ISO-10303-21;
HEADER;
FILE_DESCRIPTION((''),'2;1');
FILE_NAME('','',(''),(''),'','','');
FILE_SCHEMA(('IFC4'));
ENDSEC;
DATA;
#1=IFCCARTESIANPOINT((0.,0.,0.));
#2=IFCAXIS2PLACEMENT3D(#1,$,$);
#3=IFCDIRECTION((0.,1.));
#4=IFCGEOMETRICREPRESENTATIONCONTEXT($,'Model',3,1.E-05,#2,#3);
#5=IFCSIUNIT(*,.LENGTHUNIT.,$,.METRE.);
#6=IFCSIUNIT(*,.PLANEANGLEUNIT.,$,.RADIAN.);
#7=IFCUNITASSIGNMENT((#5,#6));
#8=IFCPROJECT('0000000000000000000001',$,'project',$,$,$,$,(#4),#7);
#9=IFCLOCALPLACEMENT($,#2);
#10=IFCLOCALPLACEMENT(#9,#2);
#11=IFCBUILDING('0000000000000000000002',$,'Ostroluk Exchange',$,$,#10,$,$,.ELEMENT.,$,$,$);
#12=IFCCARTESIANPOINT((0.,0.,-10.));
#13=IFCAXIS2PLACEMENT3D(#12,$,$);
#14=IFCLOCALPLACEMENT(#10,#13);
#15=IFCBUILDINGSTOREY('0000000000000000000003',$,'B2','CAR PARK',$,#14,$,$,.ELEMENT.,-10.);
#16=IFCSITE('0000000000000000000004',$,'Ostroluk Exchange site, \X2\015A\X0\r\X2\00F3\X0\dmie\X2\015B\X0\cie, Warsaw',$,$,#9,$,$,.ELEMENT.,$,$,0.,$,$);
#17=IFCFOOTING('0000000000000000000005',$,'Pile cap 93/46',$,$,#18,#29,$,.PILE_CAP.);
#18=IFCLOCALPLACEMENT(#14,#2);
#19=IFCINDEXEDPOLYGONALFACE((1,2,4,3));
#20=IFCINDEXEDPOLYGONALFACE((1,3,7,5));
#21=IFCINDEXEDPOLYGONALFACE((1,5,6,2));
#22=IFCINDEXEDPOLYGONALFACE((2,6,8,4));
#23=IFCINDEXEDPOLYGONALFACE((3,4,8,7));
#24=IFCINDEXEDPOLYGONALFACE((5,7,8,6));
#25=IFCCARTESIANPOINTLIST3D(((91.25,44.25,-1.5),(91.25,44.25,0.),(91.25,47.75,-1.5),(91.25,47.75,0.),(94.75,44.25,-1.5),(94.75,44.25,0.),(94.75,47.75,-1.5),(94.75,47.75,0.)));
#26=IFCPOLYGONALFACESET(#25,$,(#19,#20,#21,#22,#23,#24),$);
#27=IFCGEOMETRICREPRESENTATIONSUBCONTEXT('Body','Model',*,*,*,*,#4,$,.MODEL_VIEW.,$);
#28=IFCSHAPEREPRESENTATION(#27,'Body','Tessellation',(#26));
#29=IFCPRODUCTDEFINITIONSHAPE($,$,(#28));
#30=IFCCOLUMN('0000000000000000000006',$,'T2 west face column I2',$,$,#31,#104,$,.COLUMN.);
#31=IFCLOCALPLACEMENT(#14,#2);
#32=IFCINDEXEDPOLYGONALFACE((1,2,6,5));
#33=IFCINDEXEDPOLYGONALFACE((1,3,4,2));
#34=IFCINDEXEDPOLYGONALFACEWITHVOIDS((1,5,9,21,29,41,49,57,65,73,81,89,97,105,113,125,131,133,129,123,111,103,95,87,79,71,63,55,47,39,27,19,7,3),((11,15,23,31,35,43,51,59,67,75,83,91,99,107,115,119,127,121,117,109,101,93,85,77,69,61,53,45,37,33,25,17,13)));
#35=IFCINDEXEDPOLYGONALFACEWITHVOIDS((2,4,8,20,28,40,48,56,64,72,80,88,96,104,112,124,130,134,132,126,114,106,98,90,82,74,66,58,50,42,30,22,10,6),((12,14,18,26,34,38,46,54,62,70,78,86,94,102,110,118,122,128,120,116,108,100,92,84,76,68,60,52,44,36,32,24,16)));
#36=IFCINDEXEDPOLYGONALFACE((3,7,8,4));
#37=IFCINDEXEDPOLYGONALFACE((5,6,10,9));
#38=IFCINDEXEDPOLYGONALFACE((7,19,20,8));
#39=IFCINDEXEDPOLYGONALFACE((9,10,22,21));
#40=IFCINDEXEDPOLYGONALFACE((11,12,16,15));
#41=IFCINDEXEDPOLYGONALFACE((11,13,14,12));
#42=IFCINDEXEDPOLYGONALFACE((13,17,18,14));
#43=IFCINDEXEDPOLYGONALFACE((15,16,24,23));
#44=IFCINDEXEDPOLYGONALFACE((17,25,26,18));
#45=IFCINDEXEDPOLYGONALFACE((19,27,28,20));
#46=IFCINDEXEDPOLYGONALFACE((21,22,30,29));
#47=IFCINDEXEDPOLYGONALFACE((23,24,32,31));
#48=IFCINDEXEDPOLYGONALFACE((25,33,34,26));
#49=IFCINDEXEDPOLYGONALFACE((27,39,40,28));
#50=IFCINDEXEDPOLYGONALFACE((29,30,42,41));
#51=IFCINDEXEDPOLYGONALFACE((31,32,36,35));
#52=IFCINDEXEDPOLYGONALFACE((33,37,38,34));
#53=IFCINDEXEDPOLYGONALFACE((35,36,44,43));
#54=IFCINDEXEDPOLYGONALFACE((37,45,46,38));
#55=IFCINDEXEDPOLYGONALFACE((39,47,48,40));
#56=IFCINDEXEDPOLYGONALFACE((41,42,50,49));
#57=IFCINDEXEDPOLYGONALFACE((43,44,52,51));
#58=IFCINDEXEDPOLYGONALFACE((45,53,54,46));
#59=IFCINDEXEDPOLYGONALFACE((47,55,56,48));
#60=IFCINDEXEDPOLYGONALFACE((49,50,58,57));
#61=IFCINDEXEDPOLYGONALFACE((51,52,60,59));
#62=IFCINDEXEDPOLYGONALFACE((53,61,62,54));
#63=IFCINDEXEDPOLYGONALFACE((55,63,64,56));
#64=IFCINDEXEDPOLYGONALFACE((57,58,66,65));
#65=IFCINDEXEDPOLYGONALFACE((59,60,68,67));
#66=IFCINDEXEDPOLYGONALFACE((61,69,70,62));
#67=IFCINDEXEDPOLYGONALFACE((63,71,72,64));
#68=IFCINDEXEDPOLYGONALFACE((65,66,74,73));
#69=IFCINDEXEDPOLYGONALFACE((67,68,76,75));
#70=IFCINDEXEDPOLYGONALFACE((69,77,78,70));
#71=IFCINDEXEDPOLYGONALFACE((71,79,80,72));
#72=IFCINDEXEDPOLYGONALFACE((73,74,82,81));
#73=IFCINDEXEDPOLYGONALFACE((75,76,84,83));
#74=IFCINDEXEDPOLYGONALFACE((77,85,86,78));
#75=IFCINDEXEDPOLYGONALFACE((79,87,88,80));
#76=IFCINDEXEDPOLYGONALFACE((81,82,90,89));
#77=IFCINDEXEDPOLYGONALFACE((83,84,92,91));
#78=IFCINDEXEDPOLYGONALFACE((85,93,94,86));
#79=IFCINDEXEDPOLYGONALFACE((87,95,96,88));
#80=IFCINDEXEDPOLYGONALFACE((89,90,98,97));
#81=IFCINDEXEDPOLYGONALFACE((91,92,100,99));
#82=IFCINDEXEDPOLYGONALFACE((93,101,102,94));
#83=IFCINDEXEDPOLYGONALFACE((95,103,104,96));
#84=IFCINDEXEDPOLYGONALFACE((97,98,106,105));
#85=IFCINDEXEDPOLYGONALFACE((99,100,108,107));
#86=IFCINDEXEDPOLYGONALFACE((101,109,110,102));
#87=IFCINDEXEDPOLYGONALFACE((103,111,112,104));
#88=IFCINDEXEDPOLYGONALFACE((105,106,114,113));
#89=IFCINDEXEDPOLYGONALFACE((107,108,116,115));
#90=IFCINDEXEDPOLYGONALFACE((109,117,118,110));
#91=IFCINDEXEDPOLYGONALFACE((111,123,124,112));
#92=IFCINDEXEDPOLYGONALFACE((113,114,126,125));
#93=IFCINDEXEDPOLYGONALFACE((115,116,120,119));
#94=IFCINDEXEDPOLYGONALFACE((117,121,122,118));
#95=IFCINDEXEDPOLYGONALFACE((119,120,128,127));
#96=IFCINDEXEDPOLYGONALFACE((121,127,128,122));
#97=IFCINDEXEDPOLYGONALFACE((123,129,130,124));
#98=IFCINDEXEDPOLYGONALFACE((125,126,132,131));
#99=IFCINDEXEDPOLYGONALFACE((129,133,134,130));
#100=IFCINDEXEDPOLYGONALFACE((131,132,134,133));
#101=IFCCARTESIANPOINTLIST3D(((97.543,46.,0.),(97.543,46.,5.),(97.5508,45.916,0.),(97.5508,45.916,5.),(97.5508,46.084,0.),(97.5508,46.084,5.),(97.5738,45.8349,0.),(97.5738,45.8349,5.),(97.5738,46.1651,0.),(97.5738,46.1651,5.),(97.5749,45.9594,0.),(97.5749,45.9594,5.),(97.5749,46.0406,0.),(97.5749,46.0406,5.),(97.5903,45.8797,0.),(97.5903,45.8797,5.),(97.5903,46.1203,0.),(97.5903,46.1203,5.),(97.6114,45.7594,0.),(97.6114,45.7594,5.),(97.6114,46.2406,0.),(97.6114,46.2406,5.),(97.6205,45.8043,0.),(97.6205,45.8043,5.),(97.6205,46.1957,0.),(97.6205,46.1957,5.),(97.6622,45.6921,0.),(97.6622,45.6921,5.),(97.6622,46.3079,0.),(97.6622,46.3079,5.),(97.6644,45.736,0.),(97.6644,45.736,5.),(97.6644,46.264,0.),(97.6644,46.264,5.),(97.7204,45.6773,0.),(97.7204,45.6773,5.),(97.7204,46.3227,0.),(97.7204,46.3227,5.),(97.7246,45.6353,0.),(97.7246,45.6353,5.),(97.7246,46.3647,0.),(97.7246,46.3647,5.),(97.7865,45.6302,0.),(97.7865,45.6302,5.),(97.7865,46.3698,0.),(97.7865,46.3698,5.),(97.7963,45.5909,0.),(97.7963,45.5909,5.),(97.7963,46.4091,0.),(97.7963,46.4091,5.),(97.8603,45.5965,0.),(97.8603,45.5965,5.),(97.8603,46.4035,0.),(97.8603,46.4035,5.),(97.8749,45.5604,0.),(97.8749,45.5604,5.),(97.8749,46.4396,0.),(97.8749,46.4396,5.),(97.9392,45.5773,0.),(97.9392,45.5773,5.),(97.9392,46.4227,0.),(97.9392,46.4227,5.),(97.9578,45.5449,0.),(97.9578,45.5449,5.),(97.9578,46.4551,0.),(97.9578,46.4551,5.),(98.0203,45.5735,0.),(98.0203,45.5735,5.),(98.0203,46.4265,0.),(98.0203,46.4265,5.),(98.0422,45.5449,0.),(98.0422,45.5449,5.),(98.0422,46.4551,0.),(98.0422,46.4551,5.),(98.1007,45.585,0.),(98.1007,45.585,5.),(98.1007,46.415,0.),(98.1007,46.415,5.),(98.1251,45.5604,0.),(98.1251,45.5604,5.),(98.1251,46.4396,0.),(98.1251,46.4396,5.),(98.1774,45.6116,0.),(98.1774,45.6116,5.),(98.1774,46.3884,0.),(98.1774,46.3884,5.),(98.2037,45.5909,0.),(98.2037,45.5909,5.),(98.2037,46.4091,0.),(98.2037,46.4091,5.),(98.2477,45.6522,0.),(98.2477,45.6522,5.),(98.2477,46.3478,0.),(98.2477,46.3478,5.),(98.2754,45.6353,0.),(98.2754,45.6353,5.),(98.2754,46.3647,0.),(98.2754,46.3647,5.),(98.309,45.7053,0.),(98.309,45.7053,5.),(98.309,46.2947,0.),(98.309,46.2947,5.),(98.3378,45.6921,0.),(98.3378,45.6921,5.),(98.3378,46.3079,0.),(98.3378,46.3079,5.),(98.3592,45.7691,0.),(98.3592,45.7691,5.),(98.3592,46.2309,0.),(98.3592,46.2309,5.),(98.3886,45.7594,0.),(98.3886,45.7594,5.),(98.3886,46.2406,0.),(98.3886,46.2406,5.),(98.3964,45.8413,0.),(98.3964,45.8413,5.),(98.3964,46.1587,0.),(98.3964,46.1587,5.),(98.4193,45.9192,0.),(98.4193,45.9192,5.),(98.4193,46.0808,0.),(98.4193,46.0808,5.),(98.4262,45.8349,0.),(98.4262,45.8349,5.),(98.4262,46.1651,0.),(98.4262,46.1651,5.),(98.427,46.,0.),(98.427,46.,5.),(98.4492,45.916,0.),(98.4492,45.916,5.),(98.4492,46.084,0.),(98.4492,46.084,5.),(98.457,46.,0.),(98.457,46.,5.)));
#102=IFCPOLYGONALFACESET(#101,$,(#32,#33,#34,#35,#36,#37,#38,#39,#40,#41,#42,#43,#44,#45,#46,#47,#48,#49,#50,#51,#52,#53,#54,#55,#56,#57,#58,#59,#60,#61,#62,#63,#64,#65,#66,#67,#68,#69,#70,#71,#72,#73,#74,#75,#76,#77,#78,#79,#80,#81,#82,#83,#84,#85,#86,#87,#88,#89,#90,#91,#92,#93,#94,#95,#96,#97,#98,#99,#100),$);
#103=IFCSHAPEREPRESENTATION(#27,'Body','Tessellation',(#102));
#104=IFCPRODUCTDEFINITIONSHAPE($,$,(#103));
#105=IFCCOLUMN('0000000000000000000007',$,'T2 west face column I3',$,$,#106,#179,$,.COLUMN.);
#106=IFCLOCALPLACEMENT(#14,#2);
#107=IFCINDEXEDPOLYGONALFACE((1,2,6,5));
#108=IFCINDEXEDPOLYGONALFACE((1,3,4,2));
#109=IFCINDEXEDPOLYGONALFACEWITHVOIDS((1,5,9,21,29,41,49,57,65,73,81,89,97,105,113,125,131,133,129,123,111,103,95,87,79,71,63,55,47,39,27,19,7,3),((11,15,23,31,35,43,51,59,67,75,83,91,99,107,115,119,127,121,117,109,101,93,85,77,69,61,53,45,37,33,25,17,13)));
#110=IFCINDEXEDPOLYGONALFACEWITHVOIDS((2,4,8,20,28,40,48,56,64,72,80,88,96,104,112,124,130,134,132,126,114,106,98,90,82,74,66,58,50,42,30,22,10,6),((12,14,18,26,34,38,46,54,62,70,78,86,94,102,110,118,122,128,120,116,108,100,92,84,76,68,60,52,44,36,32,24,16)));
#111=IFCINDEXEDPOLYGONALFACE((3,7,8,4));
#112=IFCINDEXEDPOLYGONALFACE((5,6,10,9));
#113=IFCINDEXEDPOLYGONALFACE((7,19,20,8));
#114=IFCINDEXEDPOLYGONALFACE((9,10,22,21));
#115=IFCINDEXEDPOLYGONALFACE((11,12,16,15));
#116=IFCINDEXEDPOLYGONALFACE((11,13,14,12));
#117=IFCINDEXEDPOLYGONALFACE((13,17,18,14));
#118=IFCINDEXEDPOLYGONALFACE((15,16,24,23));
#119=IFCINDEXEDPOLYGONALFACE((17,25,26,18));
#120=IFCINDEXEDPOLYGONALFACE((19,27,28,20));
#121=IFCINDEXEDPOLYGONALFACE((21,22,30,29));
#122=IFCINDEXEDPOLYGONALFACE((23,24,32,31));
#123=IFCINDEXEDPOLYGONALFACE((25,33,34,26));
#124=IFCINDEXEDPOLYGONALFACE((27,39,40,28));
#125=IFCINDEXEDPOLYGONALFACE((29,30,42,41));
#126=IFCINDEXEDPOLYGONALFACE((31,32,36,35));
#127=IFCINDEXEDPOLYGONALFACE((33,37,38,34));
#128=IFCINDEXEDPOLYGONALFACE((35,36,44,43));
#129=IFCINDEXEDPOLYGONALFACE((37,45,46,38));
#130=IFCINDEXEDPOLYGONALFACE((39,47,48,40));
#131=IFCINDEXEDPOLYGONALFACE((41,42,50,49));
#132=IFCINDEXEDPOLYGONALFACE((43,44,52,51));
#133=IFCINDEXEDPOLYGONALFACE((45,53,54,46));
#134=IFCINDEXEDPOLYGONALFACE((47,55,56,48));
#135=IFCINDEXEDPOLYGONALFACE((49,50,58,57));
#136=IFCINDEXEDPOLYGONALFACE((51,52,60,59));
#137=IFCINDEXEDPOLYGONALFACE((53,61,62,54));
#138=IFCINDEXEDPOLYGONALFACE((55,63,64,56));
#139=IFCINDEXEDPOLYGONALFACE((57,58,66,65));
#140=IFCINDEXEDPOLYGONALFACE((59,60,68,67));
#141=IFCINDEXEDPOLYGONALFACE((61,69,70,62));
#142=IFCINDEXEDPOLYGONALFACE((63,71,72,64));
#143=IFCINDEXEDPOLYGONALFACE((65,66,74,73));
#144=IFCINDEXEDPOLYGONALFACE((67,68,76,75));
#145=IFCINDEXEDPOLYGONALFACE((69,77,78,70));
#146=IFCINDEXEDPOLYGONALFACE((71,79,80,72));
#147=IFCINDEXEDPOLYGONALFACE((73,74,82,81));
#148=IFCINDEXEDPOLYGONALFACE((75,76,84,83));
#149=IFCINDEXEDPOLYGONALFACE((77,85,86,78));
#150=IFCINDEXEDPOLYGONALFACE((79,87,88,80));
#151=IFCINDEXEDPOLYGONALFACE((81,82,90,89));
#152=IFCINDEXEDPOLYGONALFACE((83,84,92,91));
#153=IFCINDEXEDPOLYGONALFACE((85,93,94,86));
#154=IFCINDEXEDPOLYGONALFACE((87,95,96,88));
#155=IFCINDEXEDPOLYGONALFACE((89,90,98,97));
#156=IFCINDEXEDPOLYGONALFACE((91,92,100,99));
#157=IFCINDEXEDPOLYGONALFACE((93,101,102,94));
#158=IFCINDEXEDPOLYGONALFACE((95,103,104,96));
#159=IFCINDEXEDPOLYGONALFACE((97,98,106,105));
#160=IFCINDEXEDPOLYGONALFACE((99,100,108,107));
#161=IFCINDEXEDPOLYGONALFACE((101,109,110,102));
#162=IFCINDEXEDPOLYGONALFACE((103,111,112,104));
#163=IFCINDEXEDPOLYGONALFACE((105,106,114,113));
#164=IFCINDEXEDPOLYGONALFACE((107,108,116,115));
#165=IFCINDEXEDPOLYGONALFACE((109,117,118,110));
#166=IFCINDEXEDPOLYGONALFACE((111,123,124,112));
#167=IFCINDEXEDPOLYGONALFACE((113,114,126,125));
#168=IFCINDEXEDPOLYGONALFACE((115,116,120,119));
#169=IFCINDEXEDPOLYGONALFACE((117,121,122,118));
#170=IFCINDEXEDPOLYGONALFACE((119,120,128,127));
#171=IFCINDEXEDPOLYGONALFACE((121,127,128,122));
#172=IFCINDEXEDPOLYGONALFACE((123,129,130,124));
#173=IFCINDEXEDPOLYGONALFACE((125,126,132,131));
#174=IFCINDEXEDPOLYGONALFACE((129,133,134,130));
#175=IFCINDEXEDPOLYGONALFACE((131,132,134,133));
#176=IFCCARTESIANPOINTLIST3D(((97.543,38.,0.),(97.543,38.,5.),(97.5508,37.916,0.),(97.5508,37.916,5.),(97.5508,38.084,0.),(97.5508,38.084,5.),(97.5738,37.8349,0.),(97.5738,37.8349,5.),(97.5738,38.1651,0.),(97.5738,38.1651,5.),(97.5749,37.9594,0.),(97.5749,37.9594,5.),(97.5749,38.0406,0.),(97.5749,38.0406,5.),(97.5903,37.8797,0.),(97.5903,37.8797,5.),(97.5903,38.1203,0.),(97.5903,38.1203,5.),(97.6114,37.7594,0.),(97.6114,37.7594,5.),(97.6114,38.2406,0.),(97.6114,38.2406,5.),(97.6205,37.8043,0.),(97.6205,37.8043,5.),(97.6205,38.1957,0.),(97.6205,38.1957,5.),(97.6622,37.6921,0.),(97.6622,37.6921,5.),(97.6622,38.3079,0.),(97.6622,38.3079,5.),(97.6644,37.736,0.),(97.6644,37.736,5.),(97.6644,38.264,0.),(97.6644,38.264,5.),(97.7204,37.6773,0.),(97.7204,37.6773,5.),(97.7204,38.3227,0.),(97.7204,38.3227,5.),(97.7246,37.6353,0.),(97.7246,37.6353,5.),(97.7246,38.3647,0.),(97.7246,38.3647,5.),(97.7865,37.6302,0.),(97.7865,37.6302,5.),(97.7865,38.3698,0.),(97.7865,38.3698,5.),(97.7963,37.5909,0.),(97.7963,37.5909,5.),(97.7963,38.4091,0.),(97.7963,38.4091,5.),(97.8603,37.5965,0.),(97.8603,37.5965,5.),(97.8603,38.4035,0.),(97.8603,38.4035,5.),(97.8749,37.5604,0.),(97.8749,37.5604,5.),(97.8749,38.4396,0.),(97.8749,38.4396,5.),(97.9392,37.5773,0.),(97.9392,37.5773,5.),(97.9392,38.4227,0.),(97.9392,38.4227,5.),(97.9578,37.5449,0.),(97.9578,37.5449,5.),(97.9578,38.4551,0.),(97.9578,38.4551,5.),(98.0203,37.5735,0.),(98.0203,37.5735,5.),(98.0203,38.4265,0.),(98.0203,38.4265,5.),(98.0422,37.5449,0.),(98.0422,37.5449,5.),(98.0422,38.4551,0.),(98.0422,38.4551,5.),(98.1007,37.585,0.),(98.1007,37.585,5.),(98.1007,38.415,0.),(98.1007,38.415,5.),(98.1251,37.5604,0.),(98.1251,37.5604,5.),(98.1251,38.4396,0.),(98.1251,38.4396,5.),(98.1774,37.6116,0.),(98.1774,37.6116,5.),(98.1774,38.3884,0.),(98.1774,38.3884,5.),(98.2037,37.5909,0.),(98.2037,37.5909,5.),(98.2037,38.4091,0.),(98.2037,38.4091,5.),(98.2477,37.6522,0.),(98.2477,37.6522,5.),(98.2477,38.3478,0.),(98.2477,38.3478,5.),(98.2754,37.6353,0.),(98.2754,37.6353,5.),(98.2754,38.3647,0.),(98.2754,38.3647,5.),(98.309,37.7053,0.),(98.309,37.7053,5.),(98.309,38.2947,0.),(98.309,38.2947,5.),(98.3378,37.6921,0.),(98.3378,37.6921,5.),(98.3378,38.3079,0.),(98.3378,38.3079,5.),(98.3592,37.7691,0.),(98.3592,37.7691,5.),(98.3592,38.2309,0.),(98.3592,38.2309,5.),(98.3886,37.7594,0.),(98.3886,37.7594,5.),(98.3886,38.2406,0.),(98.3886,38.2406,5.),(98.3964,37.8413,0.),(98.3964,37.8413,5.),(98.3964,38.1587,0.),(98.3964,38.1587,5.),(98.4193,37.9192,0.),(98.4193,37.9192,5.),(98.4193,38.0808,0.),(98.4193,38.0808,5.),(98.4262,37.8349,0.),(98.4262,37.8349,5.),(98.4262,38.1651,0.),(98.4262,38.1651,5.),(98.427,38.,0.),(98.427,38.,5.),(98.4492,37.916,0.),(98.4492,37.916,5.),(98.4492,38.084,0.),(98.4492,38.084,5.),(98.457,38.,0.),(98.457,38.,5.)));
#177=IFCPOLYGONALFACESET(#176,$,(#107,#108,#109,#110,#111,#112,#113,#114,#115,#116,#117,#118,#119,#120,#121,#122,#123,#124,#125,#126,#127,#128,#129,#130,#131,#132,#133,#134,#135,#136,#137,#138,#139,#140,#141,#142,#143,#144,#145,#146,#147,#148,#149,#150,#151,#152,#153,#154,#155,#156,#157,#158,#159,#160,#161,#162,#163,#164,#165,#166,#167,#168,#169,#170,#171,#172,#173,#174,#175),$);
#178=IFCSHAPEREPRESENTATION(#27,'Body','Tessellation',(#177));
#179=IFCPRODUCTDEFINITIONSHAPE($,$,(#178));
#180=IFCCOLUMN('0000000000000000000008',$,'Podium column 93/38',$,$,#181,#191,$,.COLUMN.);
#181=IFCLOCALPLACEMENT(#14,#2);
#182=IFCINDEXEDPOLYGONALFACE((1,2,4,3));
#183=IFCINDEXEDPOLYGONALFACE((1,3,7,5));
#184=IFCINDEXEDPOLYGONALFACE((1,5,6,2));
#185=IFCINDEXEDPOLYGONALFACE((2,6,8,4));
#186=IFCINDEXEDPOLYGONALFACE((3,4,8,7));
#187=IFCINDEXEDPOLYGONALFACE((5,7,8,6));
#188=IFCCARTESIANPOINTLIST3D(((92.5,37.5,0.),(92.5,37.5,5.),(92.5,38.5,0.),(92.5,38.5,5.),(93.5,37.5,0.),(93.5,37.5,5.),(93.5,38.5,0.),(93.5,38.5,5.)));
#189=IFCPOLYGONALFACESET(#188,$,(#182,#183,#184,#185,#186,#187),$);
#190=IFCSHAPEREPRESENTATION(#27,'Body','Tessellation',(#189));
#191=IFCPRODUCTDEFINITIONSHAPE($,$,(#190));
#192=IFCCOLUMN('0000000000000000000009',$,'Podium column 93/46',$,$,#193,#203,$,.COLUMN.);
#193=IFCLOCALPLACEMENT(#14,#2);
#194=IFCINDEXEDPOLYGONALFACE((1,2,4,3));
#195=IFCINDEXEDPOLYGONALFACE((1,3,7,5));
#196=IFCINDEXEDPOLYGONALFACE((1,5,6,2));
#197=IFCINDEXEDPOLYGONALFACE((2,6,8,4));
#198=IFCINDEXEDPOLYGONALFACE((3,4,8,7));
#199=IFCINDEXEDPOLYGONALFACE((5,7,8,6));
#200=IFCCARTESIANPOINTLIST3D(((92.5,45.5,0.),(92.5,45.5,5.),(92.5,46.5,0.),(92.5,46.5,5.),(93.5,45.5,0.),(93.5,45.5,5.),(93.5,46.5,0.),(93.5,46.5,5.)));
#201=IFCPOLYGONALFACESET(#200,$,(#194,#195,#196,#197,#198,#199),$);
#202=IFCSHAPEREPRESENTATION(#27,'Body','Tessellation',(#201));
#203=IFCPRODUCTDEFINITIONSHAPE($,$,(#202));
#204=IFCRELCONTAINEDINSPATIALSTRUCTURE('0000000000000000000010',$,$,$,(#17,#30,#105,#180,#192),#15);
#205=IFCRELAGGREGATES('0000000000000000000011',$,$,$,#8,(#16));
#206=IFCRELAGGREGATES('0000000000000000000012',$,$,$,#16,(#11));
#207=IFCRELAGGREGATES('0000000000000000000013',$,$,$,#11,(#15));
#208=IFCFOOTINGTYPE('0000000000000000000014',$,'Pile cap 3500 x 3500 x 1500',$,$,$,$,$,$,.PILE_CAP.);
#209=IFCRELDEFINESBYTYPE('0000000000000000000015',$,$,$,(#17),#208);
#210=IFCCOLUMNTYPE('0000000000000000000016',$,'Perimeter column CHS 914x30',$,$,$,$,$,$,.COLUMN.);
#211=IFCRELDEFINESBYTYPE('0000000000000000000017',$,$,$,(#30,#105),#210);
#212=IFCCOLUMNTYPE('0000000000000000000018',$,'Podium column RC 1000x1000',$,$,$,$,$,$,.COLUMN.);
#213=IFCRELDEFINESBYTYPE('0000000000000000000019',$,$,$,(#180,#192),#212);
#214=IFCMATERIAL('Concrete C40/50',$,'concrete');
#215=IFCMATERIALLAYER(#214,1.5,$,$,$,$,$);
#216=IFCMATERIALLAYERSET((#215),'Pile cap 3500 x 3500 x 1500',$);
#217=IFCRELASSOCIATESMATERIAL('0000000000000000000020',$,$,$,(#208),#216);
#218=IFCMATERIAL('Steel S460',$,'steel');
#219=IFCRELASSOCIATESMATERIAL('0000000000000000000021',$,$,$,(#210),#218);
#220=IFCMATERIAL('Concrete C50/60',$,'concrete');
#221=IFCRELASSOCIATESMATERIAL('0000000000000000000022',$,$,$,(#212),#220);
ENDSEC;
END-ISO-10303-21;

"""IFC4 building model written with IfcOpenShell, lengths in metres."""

from ifc_helpers import new_model, si_unit, direction, frame, origin, origin_2d, place, context, subcontext, project, spatial, rectangle, hollow_circle, extrude, material, layer, layer_set, material_profile, profile_set, type_object, element, save


model = new_model("IFC4")

# Units and contexts
model_context = context("Model", 3, precision=1e-05, world=origin(), true_north=direction((0.0, 1.0)))
body_context = subcontext(model_context, "Body", "Model", "MODEL_VIEW")
ifc_project = project(units=[si_unit("LENGTHUNIT", "METRE"), si_unit("PLANEANGLEUNIT", "RADIAN")], contexts=[model_context])

# Site, building, storey
site_placement = place(None, origin())
site = spatial("IfcSite", under=ifc_project, at=site_placement, Name="Ostroluk Exchange site, Śródmieście, Warsaw", CompositionType="ELEMENT", RefElevation=0.0)
building_placement = place(site_placement, origin())
building = spatial("IfcBuilding", under=site, at=building_placement, Name="Ostroluk Exchange", CompositionType="ELEMENT")
storey_placement = place(building_placement, frame((0.0, 0.0, -10.0)))
storey = spatial("IfcBuildingStorey", under=building, at=storey_placement, Name="B2", Description="CAR PARK", CompositionType="ELEMENT", Elevation=-10.0)

# Footing
ifc_material_1 = material(Name="Concrete C40/50", Category="concrete")
ifc_layer_1 = layer(ifc_material_1, 1.5)
ifc_layer_set_1 = layer_set([ifc_layer_1], Name="Pile cap 3500 x 3500 x 1500")
footing_type = type_object("IfcFootingType", Name="Pile cap 3500 x 3500 x 1500", PredefinedType="PILE_CAP", material=ifc_layer_set_1)
for number, where, z_axis, x_axis, name in (
    (1, (93.0, 46.0, -1.5), (0.0, 0.0, 1.0), (1.0, 0.0, 0.0), "Pile cap 93/46"),
):
    element("IfcFooting", number, at=place(storey_placement, frame(where, z_axis=z_axis, x_axis=x_axis)), inside=storey, type_object=footing_type, Name=name, PredefinedType="PILE_CAP", context=body_context, shape_type="SweptSolid", body=[
        extrude(rectangle(XDim=3.5, YDim=3.5, at=origin_2d()), origin(), (0.0, 0.0, 1.0), 1.5),
    ])

# Columns
ifc_material_2 = material(Name="Steel S460", Category="steel")
ifc_material_profile_1 = material_profile(ifc_material_2, hollow_circle(Radius=0.457, WallThickness=0.03, at=origin_2d()), Name="CHS 914x30")
ifc_profile_set_1 = profile_set([ifc_material_profile_1], Name="Steel S460")
column_type_1 = type_object("IfcColumnType", Name="Perimeter column CHS 914x30", PredefinedType="COLUMN", material=ifc_profile_set_1)
for number, where, z_axis, x_axis, name in (
    (2, (98.0, 46.0, 0.0), (0.0, 0.0, 1.0), (1.0, 0.0, 0.0), "T2 west face column I2"),
    (3, (98.0, 38.0, 0.0), (0.0, 0.0, 1.0), (1.0, 0.0, 0.0), "T2 west face column I3"),
):
    element("IfcColumn", number, at=place(storey_placement, frame(where, z_axis=z_axis, x_axis=x_axis)), inside=storey, type_object=column_type_1, Name=name, PredefinedType="COLUMN", context=body_context, shape_type="SweptSolid", body=[
        extrude(hollow_circle(Radius=0.457, WallThickness=0.03, at=origin_2d()), origin(), (0.0, 0.0, 1.0), 5.0),
    ])
ifc_material_3 = material(Name="Concrete C50/60", Category="concrete")
ifc_material_profile_2 = material_profile(ifc_material_3, rectangle(XDim=1.0, YDim=1.0, at=origin_2d()), Name="RC 1000x1000")
ifc_profile_set_2 = profile_set([ifc_material_profile_2], Name="Concrete C50/60")
column_type_2 = type_object("IfcColumnType", Name="Podium column RC 1000x1000", PredefinedType="COLUMN", material=ifc_profile_set_2)
for number, where, z_axis, x_axis, name in (
    (4, (93.0, 38.0, 0.0), (0.0, 0.0, 1.0), (1.0, 0.0, 0.0), "Podium column 93/38"),
    (5, (93.0, 46.0, 0.0), (0.0, 0.0, 1.0), (1.0, 0.0, 0.0), "Podium column 93/46"),
):
    element("IfcColumn", number, at=place(storey_placement, frame(where, z_axis=z_axis, x_axis=x_axis)), inside=storey, type_object=column_type_2, Name=name, PredefinedType="COLUMN", context=body_context, shape_type="SweptSolid", body=[
        extrude(rectangle(XDim=1.0, YDim=1.0, at=origin_2d()), origin(), (0.0, 0.0, 1.0), 5.0),
    ])

save(model, "model.ifc")
